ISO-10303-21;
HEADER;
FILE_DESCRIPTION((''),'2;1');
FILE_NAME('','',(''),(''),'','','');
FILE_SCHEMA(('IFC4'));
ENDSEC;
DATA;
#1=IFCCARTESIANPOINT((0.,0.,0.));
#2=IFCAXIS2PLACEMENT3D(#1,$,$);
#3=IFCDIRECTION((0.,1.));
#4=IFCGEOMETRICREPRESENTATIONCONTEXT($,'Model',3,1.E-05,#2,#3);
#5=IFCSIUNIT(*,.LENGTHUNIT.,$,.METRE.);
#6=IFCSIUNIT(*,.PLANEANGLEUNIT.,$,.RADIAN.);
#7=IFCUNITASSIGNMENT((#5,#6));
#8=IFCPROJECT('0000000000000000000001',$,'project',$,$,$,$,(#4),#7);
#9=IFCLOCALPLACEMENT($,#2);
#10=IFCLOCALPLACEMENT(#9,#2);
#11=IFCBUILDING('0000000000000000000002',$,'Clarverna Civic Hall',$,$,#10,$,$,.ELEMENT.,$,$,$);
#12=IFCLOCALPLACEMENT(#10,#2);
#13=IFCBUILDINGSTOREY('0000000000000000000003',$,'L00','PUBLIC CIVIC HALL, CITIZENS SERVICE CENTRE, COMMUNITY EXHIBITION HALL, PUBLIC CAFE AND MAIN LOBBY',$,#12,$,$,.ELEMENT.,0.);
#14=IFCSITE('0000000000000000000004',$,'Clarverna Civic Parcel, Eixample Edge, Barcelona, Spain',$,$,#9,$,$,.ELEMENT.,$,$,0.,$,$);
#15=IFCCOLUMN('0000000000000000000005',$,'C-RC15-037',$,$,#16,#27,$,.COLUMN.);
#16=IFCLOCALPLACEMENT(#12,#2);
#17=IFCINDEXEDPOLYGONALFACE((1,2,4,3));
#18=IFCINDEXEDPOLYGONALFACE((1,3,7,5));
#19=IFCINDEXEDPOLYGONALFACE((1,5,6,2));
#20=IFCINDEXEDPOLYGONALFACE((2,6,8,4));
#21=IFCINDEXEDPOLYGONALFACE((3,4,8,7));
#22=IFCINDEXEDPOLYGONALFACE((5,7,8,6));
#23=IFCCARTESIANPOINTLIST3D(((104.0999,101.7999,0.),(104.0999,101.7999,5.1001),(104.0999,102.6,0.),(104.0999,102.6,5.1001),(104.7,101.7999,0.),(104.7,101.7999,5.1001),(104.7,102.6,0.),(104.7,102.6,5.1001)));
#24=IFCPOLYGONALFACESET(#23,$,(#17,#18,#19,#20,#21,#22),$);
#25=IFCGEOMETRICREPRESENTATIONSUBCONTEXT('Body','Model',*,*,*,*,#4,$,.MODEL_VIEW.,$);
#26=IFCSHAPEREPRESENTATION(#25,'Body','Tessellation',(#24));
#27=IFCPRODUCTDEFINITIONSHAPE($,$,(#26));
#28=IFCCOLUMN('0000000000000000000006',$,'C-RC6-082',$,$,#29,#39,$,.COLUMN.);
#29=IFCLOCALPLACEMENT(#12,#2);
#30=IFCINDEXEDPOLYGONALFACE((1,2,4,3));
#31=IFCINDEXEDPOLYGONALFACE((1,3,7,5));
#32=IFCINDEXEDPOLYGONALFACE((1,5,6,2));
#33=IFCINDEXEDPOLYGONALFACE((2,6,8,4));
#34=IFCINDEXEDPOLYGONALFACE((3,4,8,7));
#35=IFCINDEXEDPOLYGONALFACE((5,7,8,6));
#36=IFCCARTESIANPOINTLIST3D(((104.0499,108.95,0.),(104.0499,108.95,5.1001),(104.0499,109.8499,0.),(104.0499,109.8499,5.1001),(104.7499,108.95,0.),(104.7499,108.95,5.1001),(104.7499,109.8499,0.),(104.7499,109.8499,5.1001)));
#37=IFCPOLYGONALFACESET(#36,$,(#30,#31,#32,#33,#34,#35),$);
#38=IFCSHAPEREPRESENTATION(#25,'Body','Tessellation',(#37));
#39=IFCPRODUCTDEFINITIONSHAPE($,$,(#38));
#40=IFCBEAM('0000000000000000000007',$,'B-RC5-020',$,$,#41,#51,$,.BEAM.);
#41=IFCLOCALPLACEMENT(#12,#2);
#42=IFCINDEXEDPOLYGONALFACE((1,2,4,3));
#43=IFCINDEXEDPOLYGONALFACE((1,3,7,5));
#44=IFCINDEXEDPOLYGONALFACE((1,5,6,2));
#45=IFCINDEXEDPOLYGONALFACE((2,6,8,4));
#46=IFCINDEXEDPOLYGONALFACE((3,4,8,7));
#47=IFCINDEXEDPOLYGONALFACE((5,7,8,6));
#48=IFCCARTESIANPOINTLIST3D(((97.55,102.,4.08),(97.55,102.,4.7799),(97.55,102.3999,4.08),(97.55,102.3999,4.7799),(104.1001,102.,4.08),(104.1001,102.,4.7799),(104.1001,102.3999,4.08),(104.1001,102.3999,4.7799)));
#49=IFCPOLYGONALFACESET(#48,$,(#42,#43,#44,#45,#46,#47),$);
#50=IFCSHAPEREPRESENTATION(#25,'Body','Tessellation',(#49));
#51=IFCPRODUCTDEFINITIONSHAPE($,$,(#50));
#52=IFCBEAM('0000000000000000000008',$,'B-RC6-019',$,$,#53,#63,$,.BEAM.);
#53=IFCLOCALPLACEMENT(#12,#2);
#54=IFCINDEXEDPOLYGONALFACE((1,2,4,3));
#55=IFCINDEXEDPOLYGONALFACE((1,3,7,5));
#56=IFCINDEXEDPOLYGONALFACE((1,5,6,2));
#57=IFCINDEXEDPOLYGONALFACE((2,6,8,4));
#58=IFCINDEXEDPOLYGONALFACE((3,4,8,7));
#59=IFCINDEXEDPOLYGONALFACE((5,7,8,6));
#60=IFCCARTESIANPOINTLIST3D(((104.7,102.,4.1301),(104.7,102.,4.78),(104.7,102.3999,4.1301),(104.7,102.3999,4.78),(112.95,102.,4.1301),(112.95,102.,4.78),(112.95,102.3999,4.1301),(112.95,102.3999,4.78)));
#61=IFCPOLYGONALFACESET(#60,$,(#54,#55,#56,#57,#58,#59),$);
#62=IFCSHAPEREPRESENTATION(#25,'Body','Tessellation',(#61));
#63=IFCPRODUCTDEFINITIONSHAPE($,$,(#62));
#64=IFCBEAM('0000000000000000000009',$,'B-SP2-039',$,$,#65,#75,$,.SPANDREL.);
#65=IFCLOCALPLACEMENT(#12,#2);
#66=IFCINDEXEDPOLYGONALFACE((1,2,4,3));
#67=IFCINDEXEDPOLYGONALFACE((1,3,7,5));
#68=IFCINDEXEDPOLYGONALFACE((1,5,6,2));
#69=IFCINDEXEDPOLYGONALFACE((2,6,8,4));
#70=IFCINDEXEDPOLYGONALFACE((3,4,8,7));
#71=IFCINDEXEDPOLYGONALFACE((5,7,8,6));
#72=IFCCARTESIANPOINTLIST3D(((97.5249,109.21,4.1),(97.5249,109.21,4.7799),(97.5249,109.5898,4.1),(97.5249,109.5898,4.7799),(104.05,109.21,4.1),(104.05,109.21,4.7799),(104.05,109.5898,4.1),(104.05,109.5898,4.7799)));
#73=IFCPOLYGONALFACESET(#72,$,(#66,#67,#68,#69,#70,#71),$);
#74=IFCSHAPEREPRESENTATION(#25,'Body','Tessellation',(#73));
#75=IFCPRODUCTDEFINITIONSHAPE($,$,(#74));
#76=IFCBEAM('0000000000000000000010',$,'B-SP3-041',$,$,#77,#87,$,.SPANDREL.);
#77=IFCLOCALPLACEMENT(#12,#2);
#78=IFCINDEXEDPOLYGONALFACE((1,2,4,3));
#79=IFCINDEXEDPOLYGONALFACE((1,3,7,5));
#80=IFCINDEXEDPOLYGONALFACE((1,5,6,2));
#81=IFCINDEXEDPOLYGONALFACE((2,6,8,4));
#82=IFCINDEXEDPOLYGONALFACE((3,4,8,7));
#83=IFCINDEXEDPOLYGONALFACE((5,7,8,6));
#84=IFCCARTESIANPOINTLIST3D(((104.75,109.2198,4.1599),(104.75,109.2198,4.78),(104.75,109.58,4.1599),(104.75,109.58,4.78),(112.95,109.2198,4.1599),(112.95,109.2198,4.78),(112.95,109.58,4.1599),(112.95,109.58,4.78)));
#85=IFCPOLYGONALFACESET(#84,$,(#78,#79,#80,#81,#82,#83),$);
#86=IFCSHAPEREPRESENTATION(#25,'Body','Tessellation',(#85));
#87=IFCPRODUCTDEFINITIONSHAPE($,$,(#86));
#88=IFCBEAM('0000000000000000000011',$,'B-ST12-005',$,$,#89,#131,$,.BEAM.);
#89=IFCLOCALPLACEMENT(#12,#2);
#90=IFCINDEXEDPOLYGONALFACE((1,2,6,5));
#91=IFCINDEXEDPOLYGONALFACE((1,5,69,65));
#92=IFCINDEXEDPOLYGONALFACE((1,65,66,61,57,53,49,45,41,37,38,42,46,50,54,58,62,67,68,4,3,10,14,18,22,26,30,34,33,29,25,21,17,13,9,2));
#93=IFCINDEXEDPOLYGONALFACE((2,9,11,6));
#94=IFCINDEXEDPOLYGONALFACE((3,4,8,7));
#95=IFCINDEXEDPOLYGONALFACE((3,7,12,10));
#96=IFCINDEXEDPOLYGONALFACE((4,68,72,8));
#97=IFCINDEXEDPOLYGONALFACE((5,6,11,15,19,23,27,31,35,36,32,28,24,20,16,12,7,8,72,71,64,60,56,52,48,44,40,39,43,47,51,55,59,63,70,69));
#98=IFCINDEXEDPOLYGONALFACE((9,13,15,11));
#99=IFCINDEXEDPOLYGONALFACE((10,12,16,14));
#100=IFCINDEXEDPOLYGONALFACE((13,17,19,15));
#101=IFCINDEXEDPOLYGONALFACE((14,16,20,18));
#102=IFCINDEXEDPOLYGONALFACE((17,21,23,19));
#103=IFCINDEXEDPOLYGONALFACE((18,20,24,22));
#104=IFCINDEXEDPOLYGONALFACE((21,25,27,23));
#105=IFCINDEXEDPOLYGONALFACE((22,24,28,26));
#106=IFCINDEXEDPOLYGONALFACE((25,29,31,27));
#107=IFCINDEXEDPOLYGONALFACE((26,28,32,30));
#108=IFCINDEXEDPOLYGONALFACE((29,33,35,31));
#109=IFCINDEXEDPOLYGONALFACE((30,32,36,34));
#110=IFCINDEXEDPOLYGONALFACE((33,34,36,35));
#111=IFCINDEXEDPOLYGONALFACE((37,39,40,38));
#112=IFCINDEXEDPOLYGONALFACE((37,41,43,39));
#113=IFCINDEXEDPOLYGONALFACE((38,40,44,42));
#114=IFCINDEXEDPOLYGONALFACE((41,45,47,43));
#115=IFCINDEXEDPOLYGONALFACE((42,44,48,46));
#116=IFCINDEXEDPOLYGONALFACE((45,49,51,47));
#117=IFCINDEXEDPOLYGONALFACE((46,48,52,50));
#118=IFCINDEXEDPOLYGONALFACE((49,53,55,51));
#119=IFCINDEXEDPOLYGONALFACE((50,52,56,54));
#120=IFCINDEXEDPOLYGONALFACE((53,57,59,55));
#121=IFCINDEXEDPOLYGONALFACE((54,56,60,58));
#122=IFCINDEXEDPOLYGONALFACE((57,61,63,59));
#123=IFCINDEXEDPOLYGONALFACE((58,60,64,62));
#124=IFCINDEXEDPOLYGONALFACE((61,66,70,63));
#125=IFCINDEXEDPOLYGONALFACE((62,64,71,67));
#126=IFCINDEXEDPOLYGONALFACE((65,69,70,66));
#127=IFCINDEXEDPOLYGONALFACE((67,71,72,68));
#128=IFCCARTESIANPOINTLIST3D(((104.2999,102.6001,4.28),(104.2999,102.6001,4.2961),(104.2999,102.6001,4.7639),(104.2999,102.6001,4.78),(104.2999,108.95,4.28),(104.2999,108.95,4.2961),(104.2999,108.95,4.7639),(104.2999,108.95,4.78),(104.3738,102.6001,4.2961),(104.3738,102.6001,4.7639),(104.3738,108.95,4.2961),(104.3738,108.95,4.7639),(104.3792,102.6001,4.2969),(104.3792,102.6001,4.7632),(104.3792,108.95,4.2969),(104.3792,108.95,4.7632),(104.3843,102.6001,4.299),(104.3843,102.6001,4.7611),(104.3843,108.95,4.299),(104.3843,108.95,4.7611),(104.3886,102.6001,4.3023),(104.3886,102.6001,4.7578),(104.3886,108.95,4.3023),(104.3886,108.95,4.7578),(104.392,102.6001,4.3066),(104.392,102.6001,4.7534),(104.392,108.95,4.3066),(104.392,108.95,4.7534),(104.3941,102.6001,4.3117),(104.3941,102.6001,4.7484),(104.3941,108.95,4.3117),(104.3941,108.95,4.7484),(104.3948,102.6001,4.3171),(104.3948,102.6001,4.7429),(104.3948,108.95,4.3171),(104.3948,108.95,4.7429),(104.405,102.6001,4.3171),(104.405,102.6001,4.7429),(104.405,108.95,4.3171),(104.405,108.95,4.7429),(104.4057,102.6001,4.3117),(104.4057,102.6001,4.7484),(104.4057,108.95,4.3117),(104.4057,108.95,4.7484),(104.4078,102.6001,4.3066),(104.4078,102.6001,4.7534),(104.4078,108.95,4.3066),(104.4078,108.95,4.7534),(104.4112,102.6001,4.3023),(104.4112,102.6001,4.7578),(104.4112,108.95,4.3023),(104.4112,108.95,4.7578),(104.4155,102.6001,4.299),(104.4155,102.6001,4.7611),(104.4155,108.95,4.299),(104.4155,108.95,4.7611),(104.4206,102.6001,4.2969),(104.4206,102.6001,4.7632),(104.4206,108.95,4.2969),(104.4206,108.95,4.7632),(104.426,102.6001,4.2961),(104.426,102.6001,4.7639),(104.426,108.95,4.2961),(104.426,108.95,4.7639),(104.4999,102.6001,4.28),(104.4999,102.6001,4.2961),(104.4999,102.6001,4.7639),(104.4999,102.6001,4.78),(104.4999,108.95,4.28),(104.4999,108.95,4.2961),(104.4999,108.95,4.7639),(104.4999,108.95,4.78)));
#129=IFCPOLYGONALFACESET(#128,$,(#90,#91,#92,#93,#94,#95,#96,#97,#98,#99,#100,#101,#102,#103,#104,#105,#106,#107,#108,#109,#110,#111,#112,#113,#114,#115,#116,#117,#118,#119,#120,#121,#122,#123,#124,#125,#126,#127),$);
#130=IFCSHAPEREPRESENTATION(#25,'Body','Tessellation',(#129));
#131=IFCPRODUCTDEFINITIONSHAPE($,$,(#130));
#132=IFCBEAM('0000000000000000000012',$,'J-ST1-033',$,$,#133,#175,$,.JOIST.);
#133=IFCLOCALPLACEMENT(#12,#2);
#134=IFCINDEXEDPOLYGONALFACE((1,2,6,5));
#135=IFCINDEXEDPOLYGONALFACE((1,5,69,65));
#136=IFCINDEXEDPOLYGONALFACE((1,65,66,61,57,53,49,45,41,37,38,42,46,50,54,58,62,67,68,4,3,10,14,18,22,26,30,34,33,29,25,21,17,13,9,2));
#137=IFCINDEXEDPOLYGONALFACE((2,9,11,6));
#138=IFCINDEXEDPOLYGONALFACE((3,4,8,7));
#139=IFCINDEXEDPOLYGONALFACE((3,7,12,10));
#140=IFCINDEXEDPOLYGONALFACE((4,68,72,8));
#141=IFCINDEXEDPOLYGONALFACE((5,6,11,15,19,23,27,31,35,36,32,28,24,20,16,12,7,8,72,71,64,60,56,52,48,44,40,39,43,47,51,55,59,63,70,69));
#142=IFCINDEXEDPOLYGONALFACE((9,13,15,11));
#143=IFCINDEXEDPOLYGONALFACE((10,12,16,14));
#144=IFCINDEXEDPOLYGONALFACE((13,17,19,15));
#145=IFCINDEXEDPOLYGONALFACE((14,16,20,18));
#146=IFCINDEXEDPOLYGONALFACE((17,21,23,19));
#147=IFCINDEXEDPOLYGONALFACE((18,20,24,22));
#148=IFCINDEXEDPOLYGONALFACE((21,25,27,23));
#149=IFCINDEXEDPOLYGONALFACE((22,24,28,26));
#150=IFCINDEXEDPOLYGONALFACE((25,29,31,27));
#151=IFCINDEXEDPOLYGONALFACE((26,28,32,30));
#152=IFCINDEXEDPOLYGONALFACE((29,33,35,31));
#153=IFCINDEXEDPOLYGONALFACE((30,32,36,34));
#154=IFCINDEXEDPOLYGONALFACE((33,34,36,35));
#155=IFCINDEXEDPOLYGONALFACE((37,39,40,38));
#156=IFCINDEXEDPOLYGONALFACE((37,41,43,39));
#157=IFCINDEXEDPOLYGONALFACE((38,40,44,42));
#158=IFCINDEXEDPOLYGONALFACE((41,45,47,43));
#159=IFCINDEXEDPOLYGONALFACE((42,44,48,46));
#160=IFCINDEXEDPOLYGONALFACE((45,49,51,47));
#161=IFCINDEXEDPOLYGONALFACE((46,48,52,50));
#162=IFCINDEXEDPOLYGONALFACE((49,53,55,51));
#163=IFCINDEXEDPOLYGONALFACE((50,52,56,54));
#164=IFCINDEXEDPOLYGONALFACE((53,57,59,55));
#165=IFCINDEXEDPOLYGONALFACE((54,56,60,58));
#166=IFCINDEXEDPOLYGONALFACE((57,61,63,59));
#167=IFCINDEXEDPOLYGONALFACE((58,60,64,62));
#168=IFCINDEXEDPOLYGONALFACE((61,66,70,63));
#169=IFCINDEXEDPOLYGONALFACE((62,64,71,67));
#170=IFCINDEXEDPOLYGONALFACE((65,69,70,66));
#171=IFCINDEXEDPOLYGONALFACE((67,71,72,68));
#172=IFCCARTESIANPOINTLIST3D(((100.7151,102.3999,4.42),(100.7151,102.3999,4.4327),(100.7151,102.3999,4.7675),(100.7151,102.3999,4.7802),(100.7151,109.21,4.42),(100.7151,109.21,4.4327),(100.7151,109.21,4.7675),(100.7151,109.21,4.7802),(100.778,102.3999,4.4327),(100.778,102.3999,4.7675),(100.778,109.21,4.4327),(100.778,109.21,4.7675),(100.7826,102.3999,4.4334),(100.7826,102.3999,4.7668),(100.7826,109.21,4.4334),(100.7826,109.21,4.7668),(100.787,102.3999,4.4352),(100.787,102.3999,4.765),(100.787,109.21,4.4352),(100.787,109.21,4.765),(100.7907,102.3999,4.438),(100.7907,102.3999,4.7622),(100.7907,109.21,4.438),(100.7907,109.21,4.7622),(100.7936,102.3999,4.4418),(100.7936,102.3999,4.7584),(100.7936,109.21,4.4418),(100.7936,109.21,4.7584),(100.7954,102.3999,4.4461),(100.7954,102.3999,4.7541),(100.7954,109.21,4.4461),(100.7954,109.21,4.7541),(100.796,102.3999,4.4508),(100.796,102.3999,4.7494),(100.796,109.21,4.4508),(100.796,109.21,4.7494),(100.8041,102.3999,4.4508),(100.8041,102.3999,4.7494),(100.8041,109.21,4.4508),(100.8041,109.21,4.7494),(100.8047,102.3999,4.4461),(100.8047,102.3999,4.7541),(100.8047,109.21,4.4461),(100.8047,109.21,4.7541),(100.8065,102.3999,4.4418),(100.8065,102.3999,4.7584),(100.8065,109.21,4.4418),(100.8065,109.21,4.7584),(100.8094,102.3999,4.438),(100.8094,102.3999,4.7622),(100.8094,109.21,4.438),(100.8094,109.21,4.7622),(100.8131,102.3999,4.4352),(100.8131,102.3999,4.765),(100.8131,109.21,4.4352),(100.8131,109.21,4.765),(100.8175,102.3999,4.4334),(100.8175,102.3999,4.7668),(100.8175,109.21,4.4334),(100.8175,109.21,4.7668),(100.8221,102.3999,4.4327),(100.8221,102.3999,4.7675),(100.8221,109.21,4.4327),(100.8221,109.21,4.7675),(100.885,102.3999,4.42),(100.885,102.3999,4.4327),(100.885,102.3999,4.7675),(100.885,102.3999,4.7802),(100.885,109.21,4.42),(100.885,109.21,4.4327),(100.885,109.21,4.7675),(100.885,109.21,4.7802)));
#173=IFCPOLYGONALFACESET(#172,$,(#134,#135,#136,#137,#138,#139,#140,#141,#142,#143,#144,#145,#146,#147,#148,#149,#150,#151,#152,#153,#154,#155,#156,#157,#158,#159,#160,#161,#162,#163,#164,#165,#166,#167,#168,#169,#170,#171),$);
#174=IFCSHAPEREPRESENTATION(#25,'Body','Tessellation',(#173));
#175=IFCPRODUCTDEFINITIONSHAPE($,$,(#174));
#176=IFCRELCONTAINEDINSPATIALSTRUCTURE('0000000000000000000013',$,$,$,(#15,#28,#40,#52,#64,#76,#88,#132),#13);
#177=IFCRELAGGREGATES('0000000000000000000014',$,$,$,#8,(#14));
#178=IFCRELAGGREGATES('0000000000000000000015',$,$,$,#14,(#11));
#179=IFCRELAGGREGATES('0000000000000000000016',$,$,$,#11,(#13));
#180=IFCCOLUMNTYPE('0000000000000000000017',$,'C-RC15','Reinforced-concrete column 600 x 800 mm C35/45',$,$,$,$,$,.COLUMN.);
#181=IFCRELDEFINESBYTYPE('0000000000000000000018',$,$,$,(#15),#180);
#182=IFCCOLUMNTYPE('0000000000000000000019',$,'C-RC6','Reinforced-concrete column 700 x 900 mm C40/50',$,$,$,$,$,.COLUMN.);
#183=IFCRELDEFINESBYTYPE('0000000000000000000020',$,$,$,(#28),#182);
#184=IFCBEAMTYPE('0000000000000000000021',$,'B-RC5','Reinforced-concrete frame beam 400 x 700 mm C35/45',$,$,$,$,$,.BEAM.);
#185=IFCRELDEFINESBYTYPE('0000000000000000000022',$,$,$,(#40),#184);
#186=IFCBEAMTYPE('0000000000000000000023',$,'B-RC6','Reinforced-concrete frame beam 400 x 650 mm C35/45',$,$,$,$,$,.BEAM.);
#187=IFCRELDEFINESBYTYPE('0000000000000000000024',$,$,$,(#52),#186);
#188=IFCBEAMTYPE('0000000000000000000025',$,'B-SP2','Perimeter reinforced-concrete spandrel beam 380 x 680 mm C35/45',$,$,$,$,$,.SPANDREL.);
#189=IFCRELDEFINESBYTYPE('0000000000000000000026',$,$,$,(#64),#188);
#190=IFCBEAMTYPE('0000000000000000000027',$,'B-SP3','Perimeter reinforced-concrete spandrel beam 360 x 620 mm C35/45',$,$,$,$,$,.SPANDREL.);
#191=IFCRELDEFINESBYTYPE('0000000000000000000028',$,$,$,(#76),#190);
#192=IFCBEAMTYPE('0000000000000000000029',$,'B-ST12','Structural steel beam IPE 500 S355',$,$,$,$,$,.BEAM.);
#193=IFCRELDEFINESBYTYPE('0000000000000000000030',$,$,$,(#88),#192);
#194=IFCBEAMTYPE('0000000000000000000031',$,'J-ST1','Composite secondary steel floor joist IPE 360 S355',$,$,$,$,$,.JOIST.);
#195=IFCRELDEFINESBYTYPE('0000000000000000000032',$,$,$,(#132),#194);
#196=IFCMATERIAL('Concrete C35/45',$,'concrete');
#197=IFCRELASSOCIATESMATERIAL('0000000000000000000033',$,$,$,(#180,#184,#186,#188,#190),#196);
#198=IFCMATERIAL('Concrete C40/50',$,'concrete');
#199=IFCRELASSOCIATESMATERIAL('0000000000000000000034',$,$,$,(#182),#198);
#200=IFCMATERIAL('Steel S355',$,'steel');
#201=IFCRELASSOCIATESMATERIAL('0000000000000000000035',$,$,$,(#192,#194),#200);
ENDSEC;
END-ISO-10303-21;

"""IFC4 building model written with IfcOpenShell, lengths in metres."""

from ifc_helpers import new_model, si_unit, direction, frame, origin, origin_2d, place, context, subcontext, project, spatial, rectangle, i_section, extrude, material, material_profile, profile_set, type_object, element, save


model = new_model("IFC4")

# Units and contexts
model_context = context("Model", 3, precision=1e-05, world=origin(), true_north=direction((0.0, 1.0)))
body_context = subcontext(model_context, "Body", "Model", "MODEL_VIEW")
ifc_project = project(units=[si_unit("LENGTHUNIT", "METRE"), si_unit("PLANEANGLEUNIT", "RADIAN")], contexts=[model_context])

# Site, building, storey
site_placement = place(None, origin())
site = spatial("IfcSite", under=ifc_project, at=site_placement, Name="Clarverna Civic Parcel, Eixample Edge, Barcelona, Spain", CompositionType="ELEMENT", RefElevation=0.0)
building_placement = place(site_placement, origin())
building = spatial("IfcBuilding", under=site, at=building_placement, Name="Clarverna Civic Hall", CompositionType="ELEMENT")
storey_placement = place(building_placement, origin())
storey = spatial("IfcBuildingStorey", under=building, at=storey_placement, Name="L00", Description="PUBLIC CIVIC HALL, CITIZENS SERVICE CENTRE, COMMUNITY EXHIBITION HALL, PUBLIC CAFE AND MAIN LOBBY", CompositionType="ELEMENT", Elevation=0.0)

# Columns
ifc_material_1 = material(Name="Concrete C35/45", Category="concrete")
ifc_material_profile_1 = material_profile(ifc_material_1, rectangle(XDim=0.6001, YDim=0.8, at=origin_2d()), Name="RC 600x800")
ifc_profile_set_1 = profile_set([ifc_material_profile_1], Name="Concrete C35/45")
column_type_1 = type_object("IfcColumnType", Name="C-RC15", Description="Reinforced-concrete column 600 x 800 mm C35/45", PredefinedType="COLUMN", material=ifc_profile_set_1)
column_1_placement = place(storey_placement, frame((104.3999, 102.2, 0.0), z_axis=(0.0, 0.0, 1.0), x_axis=(1.0, 0.0, 0.0)))
element("IfcColumn", 1, at=column_1_placement, inside=storey, type_object=column_type_1, Name="C-RC15-037", PredefinedType="COLUMN", context=body_context, shape_type="SweptSolid", body=[
    extrude(rectangle(XDim=0.6001, YDim=0.8, at=origin_2d()), origin(), (0.0, 0.0, 1.0), 5.1001),
])
ifc_material_2 = material(Name="Concrete C40/50", Category="concrete")
ifc_material_profile_2 = material_profile(ifc_material_2, rectangle(XDim=0.7, YDim=0.8999, at=origin_2d()), Name="RC 700x900")
ifc_profile_set_2 = profile_set([ifc_material_profile_2], Name="Concrete C40/50")
column_type_2 = type_object("IfcColumnType", Name="C-RC6", Description="Reinforced-concrete column 700 x 900 mm C40/50", PredefinedType="COLUMN", material=ifc_profile_set_2)
column_2_placement = place(storey_placement, frame((104.3999, 109.3999, 0.0), z_axis=(0.0, 0.0, 1.0), x_axis=(1.0, 0.0, 0.0)))
element("IfcColumn", 2, at=column_2_placement, inside=storey, type_object=column_type_2, Name="C-RC6-082", PredefinedType="COLUMN", context=body_context, shape_type="SweptSolid", body=[
    extrude(rectangle(XDim=0.7, YDim=0.8999, at=origin_2d()), origin(), (0.0, 0.0, 1.0), 5.1001),
])

# Beams
ifc_material_profile_3 = material_profile(ifc_material_1, rectangle(XDim=0.3999, YDim=0.7, at=origin_2d()), Name="RC 400x700")
ifc_profile_set_3 = profile_set([ifc_material_profile_3], Name="Concrete C35/45")
beam_type_1 = type_object("IfcBeamType", Name="B-RC5", Description="Reinforced-concrete frame beam 400 x 700 mm C35/45", PredefinedType="BEAM", material=ifc_profile_set_3)
beam_1_placement = place(storey_placement, frame((97.55, 102.2, 4.4299), z_axis=(1.0, 0.0, 0.0), x_axis=(0.0, 1.0, 0.0)))
element("IfcBeam", 3, at=beam_1_placement, inside=storey, type_object=beam_type_1, Name="B-RC5-020", PredefinedType="BEAM", context=body_context, shape_type="SweptSolid", body=[
    extrude(rectangle(XDim=0.3999, YDim=0.7, at=origin_2d()), origin(), (0.0, 0.0, 1.0), 6.55),
])
ifc_material_profile_4 = material_profile(ifc_material_1, rectangle(XDim=0.3999, YDim=0.6499, at=origin_2d()), Name="RC 400x650")
ifc_profile_set_4 = profile_set([ifc_material_profile_4], Name="Concrete C35/45")
beam_type_2 = type_object("IfcBeamType", Name="B-RC6", Description="Reinforced-concrete frame beam 400 x 650 mm C35/45", PredefinedType="BEAM", material=ifc_profile_set_4)
beam_2_placement = place(storey_placement, frame((104.7, 102.2, 4.4551), z_axis=(1.0, 0.0, 0.0), x_axis=(0.0, 1.0, 0.0)))
element("IfcBeam", 4, at=beam_2_placement, inside=storey, type_object=beam_type_2, Name="B-RC6-019", PredefinedType="BEAM", context=body_context, shape_type="SweptSolid", body=[
    extrude(rectangle(XDim=0.3999, YDim=0.6499, at=origin_2d()), origin(), (0.0, 0.0, 1.0), 8.25),
])
ifc_material_profile_5 = material_profile(ifc_material_1, rectangle(XDim=0.3799, YDim=0.6799, at=origin_2d()), Name="RC 380x680")
ifc_profile_set_5 = profile_set([ifc_material_profile_5], Name="Concrete C35/45")
beam_type_3 = type_object("IfcBeamType", Name="B-SP2", Description="Perimeter reinforced-concrete spandrel beam 380 x 680 mm C35/45", PredefinedType="SPANDREL", material=ifc_profile_set_5)
beam_3_placement = place(storey_placement, frame((97.5249, 109.3999, 4.4399), z_axis=(1.0, 0.0, 0.0), x_axis=(0.0, 1.0, 0.0)))
element("IfcBeam", 5, at=beam_3_placement, inside=storey, type_object=beam_type_3, Name="B-SP2-039", PredefinedType="SPANDREL", context=body_context, shape_type="SweptSolid", body=[
    extrude(rectangle(XDim=0.3799, YDim=0.6799, at=origin_2d()), origin(), (0.0, 0.0, 1.0), 6.5251),
])
ifc_material_profile_6 = material_profile(ifc_material_1, rectangle(XDim=0.3601, YDim=0.6201, at=origin_2d()), Name="RC 360x620")
ifc_profile_set_6 = profile_set([ifc_material_profile_6], Name="Concrete C35/45")
beam_type_4 = type_object("IfcBeamType", Name="B-SP3", Description="Perimeter reinforced-concrete spandrel beam 360 x 620 mm C35/45", PredefinedType="SPANDREL", material=ifc_profile_set_6)
beam_4_placement = place(storey_placement, frame((104.75, 109.3999, 4.47), z_axis=(1.0, 0.0, 0.0), x_axis=(0.0, 1.0, 0.0)))
element("IfcBeam", 6, at=beam_4_placement, inside=storey, type_object=beam_type_4, Name="B-SP3-041", PredefinedType="SPANDREL", context=body_context, shape_type="SweptSolid", body=[
    extrude(rectangle(XDim=0.3601, YDim=0.6201, at=origin_2d()), origin(), (0.0, 0.0, 1.0), 8.2),
])
ifc_material_3 = material(Name="Steel S355", Category="steel")
ifc_material_profile_7 = material_profile(ifc_material_3, i_section(OverallWidth=0.2, OverallDepth=0.5, WebThickness=0.0103, FlangeThickness=0.0161, FilletRadius=0.021, at=origin_2d()), Name="IPE 500")
ifc_profile_set_7 = profile_set([ifc_material_profile_7], Name="Steel S355")
beam_type_5 = type_object("IfcBeamType", Name="B-ST12", Description="Structural steel beam IPE 500 S355", PredefinedType="BEAM", material=ifc_profile_set_7)
beam_5_placement = place(storey_placement, frame((104.3999, 102.6001, 4.53), z_axis=(0.0, 1.0, 0.0), x_axis=(-1.0, 0.0, 0.0)))
element("IfcBeam", 7, at=beam_5_placement, inside=storey, type_object=beam_type_5, Name="B-ST12-005", PredefinedType="BEAM", context=body_context, shape_type="SweptSolid", body=[
    extrude(i_section(OverallWidth=0.2, OverallDepth=0.5, WebThickness=0.0103, FlangeThickness=0.0161, FilletRadius=0.021, at=origin_2d()), origin(), (0.0, 0.0, 1.0), 6.3499),
])
ifc_material_profile_8 = material_profile(ifc_material_3, i_section(OverallWidth=0.1699, OverallDepth=0.3601, WebThickness=0.0081, FlangeThickness=0.0127, FilletRadius=0.0181, at=origin_2d()), Name="IPE 360")
ifc_profile_set_8 = profile_set([ifc_material_profile_8], Name="Steel S355")
beam_type_6 = type_object("IfcBeamType", Name="J-ST1", Description="Composite secondary steel floor joist IPE 360 S355", PredefinedType="JOIST", material=ifc_profile_set_8)
beam_6_placement = place(storey_placement, frame((100.8, 102.3999, 4.6001), z_axis=(0.0, 1.0, 0.0), x_axis=(-1.0, 0.0, 0.0)))
element("IfcBeam", 8, at=beam_6_placement, inside=storey, type_object=beam_type_6, Name="J-ST1-033", PredefinedType="JOIST", context=body_context, shape_type="SweptSolid", body=[
    extrude(i_section(OverallWidth=0.1699, OverallDepth=0.3601, WebThickness=0.0081, FlangeThickness=0.0127, FilletRadius=0.0181, at=origin_2d()), origin(), (0.0, 0.0, 1.0), 6.8101),
])

save(model, "model.ifc")
